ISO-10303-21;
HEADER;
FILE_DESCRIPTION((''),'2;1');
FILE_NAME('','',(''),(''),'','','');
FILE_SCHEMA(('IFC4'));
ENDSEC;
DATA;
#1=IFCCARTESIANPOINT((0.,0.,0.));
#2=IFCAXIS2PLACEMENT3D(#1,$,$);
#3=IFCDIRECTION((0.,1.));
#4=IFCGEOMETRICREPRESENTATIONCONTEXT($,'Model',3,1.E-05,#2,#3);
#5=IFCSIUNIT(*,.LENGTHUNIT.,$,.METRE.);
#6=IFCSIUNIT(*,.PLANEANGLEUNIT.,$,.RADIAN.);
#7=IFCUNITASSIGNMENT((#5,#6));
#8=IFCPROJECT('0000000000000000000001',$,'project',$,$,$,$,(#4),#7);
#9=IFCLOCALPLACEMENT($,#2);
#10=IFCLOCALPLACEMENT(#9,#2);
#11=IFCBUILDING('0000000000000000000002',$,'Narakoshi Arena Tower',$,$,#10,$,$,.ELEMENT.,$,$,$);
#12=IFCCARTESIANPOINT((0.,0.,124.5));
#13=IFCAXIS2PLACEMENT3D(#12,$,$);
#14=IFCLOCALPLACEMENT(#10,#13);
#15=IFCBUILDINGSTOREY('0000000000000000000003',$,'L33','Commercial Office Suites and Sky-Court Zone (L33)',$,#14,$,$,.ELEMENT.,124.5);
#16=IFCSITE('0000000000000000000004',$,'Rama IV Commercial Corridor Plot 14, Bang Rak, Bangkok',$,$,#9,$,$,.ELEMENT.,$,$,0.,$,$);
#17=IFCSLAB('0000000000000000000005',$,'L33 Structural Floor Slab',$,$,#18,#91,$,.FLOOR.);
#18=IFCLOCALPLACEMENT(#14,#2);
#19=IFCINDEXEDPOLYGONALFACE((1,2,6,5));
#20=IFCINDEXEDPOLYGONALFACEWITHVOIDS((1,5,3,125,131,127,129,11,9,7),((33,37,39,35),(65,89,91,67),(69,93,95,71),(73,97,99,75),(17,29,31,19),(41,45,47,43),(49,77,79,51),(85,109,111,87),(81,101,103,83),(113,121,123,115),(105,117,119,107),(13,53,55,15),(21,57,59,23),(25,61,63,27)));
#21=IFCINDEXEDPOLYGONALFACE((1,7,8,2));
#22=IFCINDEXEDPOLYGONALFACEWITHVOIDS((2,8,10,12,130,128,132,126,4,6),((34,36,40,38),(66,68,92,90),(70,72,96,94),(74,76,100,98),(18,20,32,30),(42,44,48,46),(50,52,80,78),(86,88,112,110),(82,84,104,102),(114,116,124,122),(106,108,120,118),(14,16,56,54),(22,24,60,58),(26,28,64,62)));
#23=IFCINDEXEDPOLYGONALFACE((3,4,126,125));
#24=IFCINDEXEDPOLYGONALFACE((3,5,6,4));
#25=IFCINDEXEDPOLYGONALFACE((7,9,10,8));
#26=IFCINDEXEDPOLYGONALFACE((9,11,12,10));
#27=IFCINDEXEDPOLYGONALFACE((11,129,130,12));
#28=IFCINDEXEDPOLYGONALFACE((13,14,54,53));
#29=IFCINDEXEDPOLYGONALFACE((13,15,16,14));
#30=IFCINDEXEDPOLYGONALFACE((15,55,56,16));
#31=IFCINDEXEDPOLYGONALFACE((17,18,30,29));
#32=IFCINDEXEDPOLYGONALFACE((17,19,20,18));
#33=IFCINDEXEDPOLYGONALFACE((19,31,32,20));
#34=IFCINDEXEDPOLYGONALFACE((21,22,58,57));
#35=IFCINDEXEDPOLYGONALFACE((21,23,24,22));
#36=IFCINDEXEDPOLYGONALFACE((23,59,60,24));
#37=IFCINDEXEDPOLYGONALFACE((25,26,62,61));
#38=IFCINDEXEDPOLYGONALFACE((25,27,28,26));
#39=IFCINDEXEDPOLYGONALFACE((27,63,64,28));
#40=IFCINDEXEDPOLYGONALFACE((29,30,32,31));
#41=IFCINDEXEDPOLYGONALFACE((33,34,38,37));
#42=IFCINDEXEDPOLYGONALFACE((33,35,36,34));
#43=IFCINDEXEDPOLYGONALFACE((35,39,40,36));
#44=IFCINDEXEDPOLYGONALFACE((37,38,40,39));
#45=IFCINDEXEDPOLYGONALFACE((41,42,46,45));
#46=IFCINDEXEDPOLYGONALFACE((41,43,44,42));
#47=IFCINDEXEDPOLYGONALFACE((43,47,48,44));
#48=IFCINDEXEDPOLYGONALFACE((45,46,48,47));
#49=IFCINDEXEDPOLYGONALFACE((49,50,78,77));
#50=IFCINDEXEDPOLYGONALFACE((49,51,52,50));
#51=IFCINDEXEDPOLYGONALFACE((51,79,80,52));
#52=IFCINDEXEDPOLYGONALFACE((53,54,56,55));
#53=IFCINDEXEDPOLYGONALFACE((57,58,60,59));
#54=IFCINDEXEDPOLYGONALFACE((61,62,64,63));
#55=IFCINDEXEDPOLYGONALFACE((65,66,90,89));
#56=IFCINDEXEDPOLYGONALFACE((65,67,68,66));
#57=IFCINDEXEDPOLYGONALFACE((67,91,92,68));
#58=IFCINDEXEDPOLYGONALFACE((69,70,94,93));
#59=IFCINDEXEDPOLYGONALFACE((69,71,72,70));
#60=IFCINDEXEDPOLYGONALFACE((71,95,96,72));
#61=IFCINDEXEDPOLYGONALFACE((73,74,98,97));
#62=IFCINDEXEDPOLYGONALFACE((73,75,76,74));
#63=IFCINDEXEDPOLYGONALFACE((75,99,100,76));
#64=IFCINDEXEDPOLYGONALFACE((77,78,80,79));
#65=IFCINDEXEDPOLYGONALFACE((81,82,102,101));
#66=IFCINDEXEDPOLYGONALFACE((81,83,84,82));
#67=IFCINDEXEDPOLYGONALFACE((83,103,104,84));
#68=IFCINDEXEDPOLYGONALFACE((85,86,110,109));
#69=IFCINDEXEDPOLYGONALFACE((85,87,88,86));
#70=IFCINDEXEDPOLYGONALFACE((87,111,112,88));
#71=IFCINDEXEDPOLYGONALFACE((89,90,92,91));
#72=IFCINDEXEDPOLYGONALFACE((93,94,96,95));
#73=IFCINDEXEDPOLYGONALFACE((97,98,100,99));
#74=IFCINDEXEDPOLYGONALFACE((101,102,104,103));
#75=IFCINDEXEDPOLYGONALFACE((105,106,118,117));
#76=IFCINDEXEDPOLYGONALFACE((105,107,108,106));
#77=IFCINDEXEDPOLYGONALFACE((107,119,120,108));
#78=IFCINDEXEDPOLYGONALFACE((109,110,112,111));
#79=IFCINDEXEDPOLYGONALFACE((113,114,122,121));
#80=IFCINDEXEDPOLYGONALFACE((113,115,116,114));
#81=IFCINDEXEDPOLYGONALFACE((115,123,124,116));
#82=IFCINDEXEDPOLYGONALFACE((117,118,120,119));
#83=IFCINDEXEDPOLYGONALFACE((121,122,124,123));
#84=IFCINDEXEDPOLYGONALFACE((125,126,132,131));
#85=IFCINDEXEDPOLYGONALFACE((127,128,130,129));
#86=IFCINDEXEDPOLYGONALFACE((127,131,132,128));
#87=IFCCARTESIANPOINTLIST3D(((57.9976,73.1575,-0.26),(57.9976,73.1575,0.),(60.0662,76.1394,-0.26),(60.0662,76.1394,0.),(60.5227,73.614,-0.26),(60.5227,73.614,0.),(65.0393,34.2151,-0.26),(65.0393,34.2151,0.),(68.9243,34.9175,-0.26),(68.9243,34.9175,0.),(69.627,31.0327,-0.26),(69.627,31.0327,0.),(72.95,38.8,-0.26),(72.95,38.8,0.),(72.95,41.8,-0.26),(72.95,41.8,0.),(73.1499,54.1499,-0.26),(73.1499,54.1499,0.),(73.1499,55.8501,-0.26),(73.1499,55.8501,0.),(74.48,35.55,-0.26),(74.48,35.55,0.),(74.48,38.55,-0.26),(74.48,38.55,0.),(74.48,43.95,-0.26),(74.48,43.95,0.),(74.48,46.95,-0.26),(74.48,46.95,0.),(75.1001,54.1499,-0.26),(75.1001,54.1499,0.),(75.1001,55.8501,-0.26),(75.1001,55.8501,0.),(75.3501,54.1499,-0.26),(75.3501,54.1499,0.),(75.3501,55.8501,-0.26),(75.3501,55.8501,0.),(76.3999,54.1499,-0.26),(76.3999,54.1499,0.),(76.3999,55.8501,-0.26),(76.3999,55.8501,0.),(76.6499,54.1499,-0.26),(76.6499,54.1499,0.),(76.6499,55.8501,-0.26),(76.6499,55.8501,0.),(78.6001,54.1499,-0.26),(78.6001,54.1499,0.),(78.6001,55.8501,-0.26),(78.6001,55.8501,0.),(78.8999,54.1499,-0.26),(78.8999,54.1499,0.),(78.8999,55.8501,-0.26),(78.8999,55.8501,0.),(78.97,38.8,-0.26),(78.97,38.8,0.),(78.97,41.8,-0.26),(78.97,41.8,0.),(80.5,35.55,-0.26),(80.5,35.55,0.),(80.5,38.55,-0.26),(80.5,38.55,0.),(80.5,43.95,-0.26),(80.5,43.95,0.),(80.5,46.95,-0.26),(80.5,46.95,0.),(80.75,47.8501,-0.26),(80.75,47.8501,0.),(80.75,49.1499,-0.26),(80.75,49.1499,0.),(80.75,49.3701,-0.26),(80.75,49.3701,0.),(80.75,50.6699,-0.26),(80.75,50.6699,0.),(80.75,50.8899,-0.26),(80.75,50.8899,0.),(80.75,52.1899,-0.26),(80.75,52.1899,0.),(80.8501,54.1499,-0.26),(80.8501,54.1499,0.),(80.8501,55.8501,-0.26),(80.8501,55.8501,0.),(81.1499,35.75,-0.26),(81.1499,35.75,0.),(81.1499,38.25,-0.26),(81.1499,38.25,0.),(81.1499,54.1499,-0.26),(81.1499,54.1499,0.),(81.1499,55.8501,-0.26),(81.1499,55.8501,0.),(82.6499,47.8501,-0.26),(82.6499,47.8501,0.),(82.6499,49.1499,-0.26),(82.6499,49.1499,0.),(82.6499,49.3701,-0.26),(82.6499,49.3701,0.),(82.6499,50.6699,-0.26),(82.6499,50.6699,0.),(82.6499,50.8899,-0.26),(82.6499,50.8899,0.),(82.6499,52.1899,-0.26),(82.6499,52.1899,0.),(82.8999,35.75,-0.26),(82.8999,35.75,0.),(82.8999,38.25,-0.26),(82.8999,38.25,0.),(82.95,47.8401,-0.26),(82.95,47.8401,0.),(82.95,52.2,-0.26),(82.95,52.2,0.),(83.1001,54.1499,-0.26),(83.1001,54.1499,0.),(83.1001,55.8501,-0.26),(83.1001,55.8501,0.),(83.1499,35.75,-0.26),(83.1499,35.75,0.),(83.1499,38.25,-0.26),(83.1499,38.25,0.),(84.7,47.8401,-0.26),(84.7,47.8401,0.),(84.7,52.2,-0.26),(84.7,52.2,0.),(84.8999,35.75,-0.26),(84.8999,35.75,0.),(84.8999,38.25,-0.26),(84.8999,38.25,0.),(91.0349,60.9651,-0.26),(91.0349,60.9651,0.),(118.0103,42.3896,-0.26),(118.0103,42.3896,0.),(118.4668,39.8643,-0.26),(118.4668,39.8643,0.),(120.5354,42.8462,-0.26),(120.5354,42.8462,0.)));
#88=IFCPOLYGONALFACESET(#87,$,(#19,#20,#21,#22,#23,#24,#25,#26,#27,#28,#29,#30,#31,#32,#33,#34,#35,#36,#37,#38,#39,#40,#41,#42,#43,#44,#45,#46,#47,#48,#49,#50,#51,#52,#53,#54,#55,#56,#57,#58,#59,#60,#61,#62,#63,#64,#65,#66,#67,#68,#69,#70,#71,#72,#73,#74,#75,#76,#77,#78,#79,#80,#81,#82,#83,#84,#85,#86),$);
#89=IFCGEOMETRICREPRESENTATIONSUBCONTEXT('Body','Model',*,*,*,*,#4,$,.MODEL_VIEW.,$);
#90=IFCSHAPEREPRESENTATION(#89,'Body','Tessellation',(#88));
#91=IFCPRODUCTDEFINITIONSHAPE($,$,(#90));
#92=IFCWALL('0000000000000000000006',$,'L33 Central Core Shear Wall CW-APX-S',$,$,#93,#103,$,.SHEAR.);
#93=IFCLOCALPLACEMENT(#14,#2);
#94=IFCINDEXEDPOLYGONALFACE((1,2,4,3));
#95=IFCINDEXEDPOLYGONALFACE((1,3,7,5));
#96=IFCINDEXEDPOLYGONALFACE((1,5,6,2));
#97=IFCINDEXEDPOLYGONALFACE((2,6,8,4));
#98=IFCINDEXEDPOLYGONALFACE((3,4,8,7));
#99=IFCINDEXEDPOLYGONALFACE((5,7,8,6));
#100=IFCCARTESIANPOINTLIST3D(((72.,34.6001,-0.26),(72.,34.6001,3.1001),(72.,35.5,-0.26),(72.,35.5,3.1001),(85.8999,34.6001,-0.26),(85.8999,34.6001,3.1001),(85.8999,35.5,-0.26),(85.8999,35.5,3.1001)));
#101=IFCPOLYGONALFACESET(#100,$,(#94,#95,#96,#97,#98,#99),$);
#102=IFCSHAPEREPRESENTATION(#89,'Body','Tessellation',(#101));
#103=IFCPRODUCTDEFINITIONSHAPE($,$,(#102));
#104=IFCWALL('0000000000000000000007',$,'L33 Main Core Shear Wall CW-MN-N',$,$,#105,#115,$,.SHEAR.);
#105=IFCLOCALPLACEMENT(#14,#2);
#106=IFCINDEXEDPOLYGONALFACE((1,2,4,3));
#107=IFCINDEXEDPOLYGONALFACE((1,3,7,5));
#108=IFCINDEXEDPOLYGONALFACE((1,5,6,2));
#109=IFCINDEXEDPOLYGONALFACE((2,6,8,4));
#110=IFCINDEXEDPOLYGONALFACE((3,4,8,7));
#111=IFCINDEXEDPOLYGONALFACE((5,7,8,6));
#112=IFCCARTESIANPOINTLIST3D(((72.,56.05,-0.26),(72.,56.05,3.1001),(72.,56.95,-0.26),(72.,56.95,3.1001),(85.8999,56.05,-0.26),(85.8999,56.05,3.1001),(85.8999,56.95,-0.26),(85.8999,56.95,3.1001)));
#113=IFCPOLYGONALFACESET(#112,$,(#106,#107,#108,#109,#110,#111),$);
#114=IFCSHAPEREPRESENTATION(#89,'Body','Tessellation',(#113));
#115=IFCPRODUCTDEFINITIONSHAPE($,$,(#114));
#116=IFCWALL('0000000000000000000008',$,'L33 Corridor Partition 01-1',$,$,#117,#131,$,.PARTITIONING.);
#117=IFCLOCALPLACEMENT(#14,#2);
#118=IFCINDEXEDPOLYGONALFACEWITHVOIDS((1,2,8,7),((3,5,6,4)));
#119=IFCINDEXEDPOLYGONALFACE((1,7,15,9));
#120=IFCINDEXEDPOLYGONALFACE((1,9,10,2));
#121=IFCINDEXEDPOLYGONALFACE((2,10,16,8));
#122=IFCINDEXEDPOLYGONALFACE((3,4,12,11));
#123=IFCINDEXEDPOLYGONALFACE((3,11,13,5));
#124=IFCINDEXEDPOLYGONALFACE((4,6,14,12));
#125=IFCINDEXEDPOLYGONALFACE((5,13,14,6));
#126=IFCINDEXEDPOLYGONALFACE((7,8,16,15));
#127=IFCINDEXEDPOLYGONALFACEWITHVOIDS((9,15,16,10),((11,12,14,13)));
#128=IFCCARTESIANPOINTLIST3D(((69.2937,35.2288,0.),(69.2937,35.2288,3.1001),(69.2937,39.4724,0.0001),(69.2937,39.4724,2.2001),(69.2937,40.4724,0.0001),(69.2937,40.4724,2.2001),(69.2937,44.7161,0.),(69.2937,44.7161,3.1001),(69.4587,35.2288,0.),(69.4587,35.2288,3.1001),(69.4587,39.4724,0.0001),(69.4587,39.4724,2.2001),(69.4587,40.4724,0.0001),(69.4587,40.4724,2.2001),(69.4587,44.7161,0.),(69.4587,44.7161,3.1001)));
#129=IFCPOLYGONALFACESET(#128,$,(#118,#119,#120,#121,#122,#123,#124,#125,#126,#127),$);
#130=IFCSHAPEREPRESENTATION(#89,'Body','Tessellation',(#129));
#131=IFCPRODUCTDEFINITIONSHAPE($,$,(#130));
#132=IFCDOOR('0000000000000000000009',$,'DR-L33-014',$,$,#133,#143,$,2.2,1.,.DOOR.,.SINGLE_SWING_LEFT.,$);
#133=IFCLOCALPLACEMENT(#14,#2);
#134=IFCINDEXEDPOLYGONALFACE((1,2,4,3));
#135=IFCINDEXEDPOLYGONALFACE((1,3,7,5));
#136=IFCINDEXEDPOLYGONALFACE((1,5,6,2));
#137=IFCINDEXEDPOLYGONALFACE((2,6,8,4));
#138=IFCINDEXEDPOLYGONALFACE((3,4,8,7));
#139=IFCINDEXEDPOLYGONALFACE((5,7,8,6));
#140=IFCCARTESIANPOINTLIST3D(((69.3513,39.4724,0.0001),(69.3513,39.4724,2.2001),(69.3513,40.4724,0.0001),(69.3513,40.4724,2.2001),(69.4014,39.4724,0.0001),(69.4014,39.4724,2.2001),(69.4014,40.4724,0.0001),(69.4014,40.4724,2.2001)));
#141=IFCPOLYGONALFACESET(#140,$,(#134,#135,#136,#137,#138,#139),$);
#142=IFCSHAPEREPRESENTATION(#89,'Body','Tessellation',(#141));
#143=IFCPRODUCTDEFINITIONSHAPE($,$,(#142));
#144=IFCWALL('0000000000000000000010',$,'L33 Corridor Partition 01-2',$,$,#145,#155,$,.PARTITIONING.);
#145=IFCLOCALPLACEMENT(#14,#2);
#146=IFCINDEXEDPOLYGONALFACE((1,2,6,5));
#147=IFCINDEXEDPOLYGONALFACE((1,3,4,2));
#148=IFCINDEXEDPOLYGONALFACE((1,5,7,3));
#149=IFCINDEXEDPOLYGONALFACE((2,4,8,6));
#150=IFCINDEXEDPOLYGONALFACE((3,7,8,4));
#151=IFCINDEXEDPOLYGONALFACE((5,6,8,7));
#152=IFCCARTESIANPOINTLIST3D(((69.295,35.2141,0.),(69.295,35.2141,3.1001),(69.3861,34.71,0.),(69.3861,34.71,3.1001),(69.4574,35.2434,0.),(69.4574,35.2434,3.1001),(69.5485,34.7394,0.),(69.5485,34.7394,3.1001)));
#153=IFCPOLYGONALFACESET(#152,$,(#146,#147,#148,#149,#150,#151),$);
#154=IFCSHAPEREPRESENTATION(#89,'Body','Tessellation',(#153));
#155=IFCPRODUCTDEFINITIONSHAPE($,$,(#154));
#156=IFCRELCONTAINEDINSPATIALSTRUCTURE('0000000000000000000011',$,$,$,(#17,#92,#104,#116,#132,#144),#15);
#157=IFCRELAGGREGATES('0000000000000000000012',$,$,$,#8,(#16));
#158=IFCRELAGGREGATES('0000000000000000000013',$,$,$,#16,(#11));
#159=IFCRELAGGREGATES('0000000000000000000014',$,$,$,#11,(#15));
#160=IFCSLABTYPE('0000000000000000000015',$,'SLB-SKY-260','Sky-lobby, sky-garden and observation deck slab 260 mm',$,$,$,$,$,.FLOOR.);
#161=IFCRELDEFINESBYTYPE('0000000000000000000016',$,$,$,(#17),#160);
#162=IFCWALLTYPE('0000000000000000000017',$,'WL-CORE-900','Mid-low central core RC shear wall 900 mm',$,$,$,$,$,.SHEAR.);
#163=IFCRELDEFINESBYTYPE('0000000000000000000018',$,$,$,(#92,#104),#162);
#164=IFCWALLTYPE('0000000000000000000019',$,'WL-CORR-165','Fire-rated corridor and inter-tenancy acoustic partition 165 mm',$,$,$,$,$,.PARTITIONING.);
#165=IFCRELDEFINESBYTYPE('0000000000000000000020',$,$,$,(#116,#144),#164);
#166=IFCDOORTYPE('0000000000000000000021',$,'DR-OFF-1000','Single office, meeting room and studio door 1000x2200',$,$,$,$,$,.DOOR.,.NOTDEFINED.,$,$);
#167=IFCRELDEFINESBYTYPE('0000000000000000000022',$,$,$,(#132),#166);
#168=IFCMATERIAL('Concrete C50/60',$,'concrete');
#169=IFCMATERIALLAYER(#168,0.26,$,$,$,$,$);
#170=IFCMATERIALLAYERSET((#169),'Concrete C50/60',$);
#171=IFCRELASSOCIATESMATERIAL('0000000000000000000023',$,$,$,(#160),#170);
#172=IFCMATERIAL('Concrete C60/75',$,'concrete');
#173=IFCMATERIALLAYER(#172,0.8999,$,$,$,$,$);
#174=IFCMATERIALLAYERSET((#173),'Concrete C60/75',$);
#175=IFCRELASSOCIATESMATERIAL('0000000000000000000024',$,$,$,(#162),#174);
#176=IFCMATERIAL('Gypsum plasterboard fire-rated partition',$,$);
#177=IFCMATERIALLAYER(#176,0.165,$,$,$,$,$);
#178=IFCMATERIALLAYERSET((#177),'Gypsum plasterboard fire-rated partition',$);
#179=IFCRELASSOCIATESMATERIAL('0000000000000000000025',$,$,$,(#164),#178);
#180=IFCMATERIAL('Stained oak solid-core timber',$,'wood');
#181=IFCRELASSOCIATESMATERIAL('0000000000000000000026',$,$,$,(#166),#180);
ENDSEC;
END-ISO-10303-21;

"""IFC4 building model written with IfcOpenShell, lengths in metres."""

from ifc_helpers import new_model, si_unit, direction, frame, frame_2d, origin, place, context, subcontext, project, spatial, polyline, rectangle, outline, extrude, material, layer, layer_set, type_object, element, fill, save


model = new_model("IFC4")

# Units and contexts
model_context = context("Model", 3, precision=1e-05, world=origin(), true_north=direction((0.0, 1.0)))
body_context = subcontext(model_context, "Body", "Model", "MODEL_VIEW")
ifc_project = project(units=[si_unit("LENGTHUNIT", "METRE"), si_unit("PLANEANGLEUNIT", "RADIAN")], contexts=[model_context])

# Site, building, storey
site_placement = place(None, origin())
site = spatial("IfcSite", under=ifc_project, at=site_placement, Name="Rama IV Commercial Corridor Plot 14, Bang Rak, Bangkok", CompositionType="ELEMENT", RefElevation=0.0)
building_placement = place(site_placement, origin())
building = spatial("IfcBuilding", under=site, at=building_placement, Name="Narakoshi Arena Tower", CompositionType="ELEMENT")
storey_placement = place(building_placement, frame((0.0, 0.0, 124.5)))
storey = spatial("IfcBuildingStorey", under=building, at=storey_placement, Name="L33", Description="Commercial Office Suites and Sky-Court Zone (L33)", CompositionType="ELEMENT", Elevation=124.5)

# Shared definitions
ifc_material_1 = material(Name="Concrete C60/75", Category="concrete")

# Slab
ifc_material_2 = material(Name="Concrete C50/60", Category="concrete")
ifc_layer_1 = layer(ifc_material_2, 0.26)
ifc_layer_set_1 = layer_set([ifc_layer_1], Name="Concrete C50/60")
slab_type_1 = type_object("IfcSlabType", Name="SLB-SKY-260", Description="Sky-lobby, sky-garden and observation deck slab 260 mm", PredefinedType="FLOOR", material=ifc_layer_set_1)
slab_1_placement = place(storey_placement, frame((0.0, 0.0, -0.26)))
element("IfcSlab", 1, at=slab_1_placement, inside=storey, type_object=slab_type_1, Name="L33 Structural Floor Slab", PredefinedType="FLOOR", context=body_context, shape_type="SweptSolid", body=[
    extrude(outline(polyline([(69.627, 31.0327), (118.4668, 39.8643), (118.0103, 42.3896), (120.5354, 42.8462), (91.0349, 60.9651), (60.0662, 76.1394), (60.5227, 73.614), (57.9976, 73.1575), (65.0393, 34.2151), (68.9243, 34.9175), (69.627, 31.0327)]), holes=[polyline([(80.5, 35.55), (74.48, 35.55), (74.48, 38.55), (80.5, 38.55), (80.5, 35.55)]), polyline([(82.8999, 35.75), (81.1499, 35.75), (81.1499, 38.25), (82.8999, 38.25), (82.8999, 35.75)]), polyline([(83.1499, 35.75), (83.1499, 38.25), (84.8999, 38.25), (84.8999, 35.75), (83.1499, 35.75)]), polyline([(72.95, 38.8), (72.95, 41.8), (78.97, 41.8), (78.97, 38.8), (72.95, 38.8)]), polyline([(74.48, 43.95), (74.48, 46.95), (80.5, 46.95), (80.5, 43.95), (74.48, 43.95)]), polyline([(82.95, 47.8401), (82.95, 52.2), (84.7, 52.2), (84.7, 47.8401), (82.95, 47.8401)]), polyline([(80.75, 47.8501), (80.75, 49.1499), (82.6499, 49.1499), (82.6499, 47.8501), (80.75, 47.8501)]), polyline([(80.75, 49.3701), (80.75, 50.6699), (82.6499, 50.6699), (82.6499, 49.3701), (80.75, 49.3701)]), polyline([(80.75, 50.8899), (80.75, 52.1899), (82.6499, 52.1899), (82.6499, 50.8899), (80.75, 50.8899)]), polyline([(73.1499, 54.1499), (73.1499, 55.8501), (75.1001, 55.8501), (75.1001, 54.1499), (73.1499, 54.1499)]), polyline([(75.3501, 54.1499), (75.3501, 55.8501), (76.3999, 55.8501), (76.3999, 54.1499), (75.3501, 54.1499)]), polyline([(76.6499, 54.1499), (76.6499, 55.8501), (78.6001, 55.8501), (78.6001, 54.1499), (76.6499, 54.1499)]), polyline([(78.8999, 54.1499), (78.8999, 55.8501), (80.8501, 55.8501), (80.8501, 54.1499), (78.8999, 54.1499)]), polyline([(81.1499, 54.1499), (81.1499, 55.8501), (83.1001, 55.8501), (83.1001, 54.1499), (81.1499, 54.1499)])]), origin(), (0.0, 0.0, 1.0), 0.26),
])

# Walls
ifc_layer_2 = layer(ifc_material_1, 0.8999)
ifc_layer_set_2 = layer_set([ifc_layer_2], Name="Concrete C60/75")
wall_type_1 = type_object("IfcWallType", Name="WL-CORE-900", Description="Mid-low central core RC shear wall 900 mm", PredefinedType="SHEAR", material=ifc_layer_set_2)
for number, where, z_axis, x_axis, name in (
    (2, (72.0, 35.05, -0.26), (0.0, 0.0, 1.0), (1.0, 0.0, 0.0), "L33 Central Core Shear Wall CW-APX-S"),
    (3, (72.0, 56.5, -0.26), (0.0, 0.0, 1.0), (1.0, 0.0, 0.0), "L33 Main Core Shear Wall CW-MN-N"),
):
    element("IfcWall", number, at=place(storey_placement, frame(where, z_axis=z_axis, x_axis=x_axis)), inside=storey, type_object=wall_type_1, Name=name, PredefinedType="SHEAR", context=body_context, shape_type="SweptSolid", body=[
        extrude(rectangle(XDim=13.8999, YDim=0.8999, at=frame_2d((6.95, 0.0))), origin(), (0.0, 0.0, 1.0), 3.3601),
    ])

# Wall, opening, door
ifc_material_3 = material(Name="Gypsum plasterboard fire-rated partition")
ifc_layer_3 = layer(ifc_material_3, 0.165)
ifc_layer_set_3 = layer_set([ifc_layer_3], Name="Gypsum plasterboard fire-rated partition")
wall_type_2 = type_object("IfcWallType", Name="WL-CORR-165", Description="Fire-rated corridor and inter-tenancy acoustic partition 165 mm", PredefinedType="PARTITIONING", material=ifc_layer_set_3)
wall_1_placement = place(storey_placement, frame((69.3762, 44.7161, 0.0), z_axis=(0.0, 0.0, 1.0), x_axis=(0.0, -1.0, 0.0)))
wall_1 = element("IfcWall", 4, at=wall_1_placement, inside=storey, type_object=wall_type_2, Name="L33 Corridor Partition 01-1", PredefinedType="PARTITIONING", context=body_context, shape_type="SweptSolid", body=[
    extrude(rectangle(XDim=9.4873, YDim=0.165, at=frame_2d((4.7437, 0.0))), origin(), (0.0, 0.0, 1.0), 3.1001),
])
opening_1_placement = place(wall_1_placement, frame((4.2437, 0.0, 0.0)))
opening_1 = element("IfcOpeningElement", 5, at=opening_1_placement, cuts=wall_1, PredefinedType="OPENING", context=body_context, shape_type="SweptSolid", body=[
    extrude(rectangle(XDim=1.0, YDim=2.2, at=frame_2d((0.5, 1.1001))), frame((0.0, 0.0925, 0.0), z_axis=(0.0, -1.0, 0.0), x_axis=(1.0, 0.0, 0.0)), (0.0, 0.0, 1.0), 0.1851),
])
ifc_material_4 = material(Name="Stained oak solid-core timber", Category="wood")
door_type_1 = type_object("IfcDoorType", Name="DR-OFF-1000", Description="Single office, meeting room and studio door 1000x2200", OperationType="NOTDEFINED", PredefinedType="DOOR", material=ifc_material_4)
door_1_placement = place(opening_1_placement, frame((1.0, 0.0, 0.0), z_axis=(0.0, 0.0, 1.0), x_axis=(-1.0, 0.0, 0.0)))
door_1 = element("IfcDoor", 6, at=door_1_placement, inside=storey, type_object=door_type_1, Name="DR-L33-014", OperationType="SINGLE_SWING_LEFT", OverallHeight=2.2, OverallWidth=1.0, PredefinedType="DOOR", context=body_context, shape_type="SweptSolid", body=[
    extrude(rectangle(XDim=1.0, YDim=2.2, at=frame_2d((0.5, 1.1001))), frame((0.0, 0.0249, 0.0), z_axis=(0.0, -1.0, 0.0), x_axis=(1.0, 0.0, 0.0)), (0.0, 0.0, 1.0), 0.05),
])
fill(opening_1, door_1)

# Wall
wall_2_placement = place(storey_placement, frame((69.3762, 35.2288, 0.0), z_axis=(0.0, 0.0, 1.0), x_axis=(0.177753, -0.984075, 0.0)))
element("IfcWall", 7, at=wall_2_placement, inside=storey, type_object=wall_type_2, Name="L33 Corridor Partition 01-2", PredefinedType="PARTITIONING", context=body_context, shape_type="SweptSolid", body=[
    extrude(rectangle(XDim=0.5122, YDim=0.165, at=frame_2d((0.2561, 0.0))), origin(), (0.0, 0.0, 1.0), 3.1001),
])

save(model, "model.ifc")
